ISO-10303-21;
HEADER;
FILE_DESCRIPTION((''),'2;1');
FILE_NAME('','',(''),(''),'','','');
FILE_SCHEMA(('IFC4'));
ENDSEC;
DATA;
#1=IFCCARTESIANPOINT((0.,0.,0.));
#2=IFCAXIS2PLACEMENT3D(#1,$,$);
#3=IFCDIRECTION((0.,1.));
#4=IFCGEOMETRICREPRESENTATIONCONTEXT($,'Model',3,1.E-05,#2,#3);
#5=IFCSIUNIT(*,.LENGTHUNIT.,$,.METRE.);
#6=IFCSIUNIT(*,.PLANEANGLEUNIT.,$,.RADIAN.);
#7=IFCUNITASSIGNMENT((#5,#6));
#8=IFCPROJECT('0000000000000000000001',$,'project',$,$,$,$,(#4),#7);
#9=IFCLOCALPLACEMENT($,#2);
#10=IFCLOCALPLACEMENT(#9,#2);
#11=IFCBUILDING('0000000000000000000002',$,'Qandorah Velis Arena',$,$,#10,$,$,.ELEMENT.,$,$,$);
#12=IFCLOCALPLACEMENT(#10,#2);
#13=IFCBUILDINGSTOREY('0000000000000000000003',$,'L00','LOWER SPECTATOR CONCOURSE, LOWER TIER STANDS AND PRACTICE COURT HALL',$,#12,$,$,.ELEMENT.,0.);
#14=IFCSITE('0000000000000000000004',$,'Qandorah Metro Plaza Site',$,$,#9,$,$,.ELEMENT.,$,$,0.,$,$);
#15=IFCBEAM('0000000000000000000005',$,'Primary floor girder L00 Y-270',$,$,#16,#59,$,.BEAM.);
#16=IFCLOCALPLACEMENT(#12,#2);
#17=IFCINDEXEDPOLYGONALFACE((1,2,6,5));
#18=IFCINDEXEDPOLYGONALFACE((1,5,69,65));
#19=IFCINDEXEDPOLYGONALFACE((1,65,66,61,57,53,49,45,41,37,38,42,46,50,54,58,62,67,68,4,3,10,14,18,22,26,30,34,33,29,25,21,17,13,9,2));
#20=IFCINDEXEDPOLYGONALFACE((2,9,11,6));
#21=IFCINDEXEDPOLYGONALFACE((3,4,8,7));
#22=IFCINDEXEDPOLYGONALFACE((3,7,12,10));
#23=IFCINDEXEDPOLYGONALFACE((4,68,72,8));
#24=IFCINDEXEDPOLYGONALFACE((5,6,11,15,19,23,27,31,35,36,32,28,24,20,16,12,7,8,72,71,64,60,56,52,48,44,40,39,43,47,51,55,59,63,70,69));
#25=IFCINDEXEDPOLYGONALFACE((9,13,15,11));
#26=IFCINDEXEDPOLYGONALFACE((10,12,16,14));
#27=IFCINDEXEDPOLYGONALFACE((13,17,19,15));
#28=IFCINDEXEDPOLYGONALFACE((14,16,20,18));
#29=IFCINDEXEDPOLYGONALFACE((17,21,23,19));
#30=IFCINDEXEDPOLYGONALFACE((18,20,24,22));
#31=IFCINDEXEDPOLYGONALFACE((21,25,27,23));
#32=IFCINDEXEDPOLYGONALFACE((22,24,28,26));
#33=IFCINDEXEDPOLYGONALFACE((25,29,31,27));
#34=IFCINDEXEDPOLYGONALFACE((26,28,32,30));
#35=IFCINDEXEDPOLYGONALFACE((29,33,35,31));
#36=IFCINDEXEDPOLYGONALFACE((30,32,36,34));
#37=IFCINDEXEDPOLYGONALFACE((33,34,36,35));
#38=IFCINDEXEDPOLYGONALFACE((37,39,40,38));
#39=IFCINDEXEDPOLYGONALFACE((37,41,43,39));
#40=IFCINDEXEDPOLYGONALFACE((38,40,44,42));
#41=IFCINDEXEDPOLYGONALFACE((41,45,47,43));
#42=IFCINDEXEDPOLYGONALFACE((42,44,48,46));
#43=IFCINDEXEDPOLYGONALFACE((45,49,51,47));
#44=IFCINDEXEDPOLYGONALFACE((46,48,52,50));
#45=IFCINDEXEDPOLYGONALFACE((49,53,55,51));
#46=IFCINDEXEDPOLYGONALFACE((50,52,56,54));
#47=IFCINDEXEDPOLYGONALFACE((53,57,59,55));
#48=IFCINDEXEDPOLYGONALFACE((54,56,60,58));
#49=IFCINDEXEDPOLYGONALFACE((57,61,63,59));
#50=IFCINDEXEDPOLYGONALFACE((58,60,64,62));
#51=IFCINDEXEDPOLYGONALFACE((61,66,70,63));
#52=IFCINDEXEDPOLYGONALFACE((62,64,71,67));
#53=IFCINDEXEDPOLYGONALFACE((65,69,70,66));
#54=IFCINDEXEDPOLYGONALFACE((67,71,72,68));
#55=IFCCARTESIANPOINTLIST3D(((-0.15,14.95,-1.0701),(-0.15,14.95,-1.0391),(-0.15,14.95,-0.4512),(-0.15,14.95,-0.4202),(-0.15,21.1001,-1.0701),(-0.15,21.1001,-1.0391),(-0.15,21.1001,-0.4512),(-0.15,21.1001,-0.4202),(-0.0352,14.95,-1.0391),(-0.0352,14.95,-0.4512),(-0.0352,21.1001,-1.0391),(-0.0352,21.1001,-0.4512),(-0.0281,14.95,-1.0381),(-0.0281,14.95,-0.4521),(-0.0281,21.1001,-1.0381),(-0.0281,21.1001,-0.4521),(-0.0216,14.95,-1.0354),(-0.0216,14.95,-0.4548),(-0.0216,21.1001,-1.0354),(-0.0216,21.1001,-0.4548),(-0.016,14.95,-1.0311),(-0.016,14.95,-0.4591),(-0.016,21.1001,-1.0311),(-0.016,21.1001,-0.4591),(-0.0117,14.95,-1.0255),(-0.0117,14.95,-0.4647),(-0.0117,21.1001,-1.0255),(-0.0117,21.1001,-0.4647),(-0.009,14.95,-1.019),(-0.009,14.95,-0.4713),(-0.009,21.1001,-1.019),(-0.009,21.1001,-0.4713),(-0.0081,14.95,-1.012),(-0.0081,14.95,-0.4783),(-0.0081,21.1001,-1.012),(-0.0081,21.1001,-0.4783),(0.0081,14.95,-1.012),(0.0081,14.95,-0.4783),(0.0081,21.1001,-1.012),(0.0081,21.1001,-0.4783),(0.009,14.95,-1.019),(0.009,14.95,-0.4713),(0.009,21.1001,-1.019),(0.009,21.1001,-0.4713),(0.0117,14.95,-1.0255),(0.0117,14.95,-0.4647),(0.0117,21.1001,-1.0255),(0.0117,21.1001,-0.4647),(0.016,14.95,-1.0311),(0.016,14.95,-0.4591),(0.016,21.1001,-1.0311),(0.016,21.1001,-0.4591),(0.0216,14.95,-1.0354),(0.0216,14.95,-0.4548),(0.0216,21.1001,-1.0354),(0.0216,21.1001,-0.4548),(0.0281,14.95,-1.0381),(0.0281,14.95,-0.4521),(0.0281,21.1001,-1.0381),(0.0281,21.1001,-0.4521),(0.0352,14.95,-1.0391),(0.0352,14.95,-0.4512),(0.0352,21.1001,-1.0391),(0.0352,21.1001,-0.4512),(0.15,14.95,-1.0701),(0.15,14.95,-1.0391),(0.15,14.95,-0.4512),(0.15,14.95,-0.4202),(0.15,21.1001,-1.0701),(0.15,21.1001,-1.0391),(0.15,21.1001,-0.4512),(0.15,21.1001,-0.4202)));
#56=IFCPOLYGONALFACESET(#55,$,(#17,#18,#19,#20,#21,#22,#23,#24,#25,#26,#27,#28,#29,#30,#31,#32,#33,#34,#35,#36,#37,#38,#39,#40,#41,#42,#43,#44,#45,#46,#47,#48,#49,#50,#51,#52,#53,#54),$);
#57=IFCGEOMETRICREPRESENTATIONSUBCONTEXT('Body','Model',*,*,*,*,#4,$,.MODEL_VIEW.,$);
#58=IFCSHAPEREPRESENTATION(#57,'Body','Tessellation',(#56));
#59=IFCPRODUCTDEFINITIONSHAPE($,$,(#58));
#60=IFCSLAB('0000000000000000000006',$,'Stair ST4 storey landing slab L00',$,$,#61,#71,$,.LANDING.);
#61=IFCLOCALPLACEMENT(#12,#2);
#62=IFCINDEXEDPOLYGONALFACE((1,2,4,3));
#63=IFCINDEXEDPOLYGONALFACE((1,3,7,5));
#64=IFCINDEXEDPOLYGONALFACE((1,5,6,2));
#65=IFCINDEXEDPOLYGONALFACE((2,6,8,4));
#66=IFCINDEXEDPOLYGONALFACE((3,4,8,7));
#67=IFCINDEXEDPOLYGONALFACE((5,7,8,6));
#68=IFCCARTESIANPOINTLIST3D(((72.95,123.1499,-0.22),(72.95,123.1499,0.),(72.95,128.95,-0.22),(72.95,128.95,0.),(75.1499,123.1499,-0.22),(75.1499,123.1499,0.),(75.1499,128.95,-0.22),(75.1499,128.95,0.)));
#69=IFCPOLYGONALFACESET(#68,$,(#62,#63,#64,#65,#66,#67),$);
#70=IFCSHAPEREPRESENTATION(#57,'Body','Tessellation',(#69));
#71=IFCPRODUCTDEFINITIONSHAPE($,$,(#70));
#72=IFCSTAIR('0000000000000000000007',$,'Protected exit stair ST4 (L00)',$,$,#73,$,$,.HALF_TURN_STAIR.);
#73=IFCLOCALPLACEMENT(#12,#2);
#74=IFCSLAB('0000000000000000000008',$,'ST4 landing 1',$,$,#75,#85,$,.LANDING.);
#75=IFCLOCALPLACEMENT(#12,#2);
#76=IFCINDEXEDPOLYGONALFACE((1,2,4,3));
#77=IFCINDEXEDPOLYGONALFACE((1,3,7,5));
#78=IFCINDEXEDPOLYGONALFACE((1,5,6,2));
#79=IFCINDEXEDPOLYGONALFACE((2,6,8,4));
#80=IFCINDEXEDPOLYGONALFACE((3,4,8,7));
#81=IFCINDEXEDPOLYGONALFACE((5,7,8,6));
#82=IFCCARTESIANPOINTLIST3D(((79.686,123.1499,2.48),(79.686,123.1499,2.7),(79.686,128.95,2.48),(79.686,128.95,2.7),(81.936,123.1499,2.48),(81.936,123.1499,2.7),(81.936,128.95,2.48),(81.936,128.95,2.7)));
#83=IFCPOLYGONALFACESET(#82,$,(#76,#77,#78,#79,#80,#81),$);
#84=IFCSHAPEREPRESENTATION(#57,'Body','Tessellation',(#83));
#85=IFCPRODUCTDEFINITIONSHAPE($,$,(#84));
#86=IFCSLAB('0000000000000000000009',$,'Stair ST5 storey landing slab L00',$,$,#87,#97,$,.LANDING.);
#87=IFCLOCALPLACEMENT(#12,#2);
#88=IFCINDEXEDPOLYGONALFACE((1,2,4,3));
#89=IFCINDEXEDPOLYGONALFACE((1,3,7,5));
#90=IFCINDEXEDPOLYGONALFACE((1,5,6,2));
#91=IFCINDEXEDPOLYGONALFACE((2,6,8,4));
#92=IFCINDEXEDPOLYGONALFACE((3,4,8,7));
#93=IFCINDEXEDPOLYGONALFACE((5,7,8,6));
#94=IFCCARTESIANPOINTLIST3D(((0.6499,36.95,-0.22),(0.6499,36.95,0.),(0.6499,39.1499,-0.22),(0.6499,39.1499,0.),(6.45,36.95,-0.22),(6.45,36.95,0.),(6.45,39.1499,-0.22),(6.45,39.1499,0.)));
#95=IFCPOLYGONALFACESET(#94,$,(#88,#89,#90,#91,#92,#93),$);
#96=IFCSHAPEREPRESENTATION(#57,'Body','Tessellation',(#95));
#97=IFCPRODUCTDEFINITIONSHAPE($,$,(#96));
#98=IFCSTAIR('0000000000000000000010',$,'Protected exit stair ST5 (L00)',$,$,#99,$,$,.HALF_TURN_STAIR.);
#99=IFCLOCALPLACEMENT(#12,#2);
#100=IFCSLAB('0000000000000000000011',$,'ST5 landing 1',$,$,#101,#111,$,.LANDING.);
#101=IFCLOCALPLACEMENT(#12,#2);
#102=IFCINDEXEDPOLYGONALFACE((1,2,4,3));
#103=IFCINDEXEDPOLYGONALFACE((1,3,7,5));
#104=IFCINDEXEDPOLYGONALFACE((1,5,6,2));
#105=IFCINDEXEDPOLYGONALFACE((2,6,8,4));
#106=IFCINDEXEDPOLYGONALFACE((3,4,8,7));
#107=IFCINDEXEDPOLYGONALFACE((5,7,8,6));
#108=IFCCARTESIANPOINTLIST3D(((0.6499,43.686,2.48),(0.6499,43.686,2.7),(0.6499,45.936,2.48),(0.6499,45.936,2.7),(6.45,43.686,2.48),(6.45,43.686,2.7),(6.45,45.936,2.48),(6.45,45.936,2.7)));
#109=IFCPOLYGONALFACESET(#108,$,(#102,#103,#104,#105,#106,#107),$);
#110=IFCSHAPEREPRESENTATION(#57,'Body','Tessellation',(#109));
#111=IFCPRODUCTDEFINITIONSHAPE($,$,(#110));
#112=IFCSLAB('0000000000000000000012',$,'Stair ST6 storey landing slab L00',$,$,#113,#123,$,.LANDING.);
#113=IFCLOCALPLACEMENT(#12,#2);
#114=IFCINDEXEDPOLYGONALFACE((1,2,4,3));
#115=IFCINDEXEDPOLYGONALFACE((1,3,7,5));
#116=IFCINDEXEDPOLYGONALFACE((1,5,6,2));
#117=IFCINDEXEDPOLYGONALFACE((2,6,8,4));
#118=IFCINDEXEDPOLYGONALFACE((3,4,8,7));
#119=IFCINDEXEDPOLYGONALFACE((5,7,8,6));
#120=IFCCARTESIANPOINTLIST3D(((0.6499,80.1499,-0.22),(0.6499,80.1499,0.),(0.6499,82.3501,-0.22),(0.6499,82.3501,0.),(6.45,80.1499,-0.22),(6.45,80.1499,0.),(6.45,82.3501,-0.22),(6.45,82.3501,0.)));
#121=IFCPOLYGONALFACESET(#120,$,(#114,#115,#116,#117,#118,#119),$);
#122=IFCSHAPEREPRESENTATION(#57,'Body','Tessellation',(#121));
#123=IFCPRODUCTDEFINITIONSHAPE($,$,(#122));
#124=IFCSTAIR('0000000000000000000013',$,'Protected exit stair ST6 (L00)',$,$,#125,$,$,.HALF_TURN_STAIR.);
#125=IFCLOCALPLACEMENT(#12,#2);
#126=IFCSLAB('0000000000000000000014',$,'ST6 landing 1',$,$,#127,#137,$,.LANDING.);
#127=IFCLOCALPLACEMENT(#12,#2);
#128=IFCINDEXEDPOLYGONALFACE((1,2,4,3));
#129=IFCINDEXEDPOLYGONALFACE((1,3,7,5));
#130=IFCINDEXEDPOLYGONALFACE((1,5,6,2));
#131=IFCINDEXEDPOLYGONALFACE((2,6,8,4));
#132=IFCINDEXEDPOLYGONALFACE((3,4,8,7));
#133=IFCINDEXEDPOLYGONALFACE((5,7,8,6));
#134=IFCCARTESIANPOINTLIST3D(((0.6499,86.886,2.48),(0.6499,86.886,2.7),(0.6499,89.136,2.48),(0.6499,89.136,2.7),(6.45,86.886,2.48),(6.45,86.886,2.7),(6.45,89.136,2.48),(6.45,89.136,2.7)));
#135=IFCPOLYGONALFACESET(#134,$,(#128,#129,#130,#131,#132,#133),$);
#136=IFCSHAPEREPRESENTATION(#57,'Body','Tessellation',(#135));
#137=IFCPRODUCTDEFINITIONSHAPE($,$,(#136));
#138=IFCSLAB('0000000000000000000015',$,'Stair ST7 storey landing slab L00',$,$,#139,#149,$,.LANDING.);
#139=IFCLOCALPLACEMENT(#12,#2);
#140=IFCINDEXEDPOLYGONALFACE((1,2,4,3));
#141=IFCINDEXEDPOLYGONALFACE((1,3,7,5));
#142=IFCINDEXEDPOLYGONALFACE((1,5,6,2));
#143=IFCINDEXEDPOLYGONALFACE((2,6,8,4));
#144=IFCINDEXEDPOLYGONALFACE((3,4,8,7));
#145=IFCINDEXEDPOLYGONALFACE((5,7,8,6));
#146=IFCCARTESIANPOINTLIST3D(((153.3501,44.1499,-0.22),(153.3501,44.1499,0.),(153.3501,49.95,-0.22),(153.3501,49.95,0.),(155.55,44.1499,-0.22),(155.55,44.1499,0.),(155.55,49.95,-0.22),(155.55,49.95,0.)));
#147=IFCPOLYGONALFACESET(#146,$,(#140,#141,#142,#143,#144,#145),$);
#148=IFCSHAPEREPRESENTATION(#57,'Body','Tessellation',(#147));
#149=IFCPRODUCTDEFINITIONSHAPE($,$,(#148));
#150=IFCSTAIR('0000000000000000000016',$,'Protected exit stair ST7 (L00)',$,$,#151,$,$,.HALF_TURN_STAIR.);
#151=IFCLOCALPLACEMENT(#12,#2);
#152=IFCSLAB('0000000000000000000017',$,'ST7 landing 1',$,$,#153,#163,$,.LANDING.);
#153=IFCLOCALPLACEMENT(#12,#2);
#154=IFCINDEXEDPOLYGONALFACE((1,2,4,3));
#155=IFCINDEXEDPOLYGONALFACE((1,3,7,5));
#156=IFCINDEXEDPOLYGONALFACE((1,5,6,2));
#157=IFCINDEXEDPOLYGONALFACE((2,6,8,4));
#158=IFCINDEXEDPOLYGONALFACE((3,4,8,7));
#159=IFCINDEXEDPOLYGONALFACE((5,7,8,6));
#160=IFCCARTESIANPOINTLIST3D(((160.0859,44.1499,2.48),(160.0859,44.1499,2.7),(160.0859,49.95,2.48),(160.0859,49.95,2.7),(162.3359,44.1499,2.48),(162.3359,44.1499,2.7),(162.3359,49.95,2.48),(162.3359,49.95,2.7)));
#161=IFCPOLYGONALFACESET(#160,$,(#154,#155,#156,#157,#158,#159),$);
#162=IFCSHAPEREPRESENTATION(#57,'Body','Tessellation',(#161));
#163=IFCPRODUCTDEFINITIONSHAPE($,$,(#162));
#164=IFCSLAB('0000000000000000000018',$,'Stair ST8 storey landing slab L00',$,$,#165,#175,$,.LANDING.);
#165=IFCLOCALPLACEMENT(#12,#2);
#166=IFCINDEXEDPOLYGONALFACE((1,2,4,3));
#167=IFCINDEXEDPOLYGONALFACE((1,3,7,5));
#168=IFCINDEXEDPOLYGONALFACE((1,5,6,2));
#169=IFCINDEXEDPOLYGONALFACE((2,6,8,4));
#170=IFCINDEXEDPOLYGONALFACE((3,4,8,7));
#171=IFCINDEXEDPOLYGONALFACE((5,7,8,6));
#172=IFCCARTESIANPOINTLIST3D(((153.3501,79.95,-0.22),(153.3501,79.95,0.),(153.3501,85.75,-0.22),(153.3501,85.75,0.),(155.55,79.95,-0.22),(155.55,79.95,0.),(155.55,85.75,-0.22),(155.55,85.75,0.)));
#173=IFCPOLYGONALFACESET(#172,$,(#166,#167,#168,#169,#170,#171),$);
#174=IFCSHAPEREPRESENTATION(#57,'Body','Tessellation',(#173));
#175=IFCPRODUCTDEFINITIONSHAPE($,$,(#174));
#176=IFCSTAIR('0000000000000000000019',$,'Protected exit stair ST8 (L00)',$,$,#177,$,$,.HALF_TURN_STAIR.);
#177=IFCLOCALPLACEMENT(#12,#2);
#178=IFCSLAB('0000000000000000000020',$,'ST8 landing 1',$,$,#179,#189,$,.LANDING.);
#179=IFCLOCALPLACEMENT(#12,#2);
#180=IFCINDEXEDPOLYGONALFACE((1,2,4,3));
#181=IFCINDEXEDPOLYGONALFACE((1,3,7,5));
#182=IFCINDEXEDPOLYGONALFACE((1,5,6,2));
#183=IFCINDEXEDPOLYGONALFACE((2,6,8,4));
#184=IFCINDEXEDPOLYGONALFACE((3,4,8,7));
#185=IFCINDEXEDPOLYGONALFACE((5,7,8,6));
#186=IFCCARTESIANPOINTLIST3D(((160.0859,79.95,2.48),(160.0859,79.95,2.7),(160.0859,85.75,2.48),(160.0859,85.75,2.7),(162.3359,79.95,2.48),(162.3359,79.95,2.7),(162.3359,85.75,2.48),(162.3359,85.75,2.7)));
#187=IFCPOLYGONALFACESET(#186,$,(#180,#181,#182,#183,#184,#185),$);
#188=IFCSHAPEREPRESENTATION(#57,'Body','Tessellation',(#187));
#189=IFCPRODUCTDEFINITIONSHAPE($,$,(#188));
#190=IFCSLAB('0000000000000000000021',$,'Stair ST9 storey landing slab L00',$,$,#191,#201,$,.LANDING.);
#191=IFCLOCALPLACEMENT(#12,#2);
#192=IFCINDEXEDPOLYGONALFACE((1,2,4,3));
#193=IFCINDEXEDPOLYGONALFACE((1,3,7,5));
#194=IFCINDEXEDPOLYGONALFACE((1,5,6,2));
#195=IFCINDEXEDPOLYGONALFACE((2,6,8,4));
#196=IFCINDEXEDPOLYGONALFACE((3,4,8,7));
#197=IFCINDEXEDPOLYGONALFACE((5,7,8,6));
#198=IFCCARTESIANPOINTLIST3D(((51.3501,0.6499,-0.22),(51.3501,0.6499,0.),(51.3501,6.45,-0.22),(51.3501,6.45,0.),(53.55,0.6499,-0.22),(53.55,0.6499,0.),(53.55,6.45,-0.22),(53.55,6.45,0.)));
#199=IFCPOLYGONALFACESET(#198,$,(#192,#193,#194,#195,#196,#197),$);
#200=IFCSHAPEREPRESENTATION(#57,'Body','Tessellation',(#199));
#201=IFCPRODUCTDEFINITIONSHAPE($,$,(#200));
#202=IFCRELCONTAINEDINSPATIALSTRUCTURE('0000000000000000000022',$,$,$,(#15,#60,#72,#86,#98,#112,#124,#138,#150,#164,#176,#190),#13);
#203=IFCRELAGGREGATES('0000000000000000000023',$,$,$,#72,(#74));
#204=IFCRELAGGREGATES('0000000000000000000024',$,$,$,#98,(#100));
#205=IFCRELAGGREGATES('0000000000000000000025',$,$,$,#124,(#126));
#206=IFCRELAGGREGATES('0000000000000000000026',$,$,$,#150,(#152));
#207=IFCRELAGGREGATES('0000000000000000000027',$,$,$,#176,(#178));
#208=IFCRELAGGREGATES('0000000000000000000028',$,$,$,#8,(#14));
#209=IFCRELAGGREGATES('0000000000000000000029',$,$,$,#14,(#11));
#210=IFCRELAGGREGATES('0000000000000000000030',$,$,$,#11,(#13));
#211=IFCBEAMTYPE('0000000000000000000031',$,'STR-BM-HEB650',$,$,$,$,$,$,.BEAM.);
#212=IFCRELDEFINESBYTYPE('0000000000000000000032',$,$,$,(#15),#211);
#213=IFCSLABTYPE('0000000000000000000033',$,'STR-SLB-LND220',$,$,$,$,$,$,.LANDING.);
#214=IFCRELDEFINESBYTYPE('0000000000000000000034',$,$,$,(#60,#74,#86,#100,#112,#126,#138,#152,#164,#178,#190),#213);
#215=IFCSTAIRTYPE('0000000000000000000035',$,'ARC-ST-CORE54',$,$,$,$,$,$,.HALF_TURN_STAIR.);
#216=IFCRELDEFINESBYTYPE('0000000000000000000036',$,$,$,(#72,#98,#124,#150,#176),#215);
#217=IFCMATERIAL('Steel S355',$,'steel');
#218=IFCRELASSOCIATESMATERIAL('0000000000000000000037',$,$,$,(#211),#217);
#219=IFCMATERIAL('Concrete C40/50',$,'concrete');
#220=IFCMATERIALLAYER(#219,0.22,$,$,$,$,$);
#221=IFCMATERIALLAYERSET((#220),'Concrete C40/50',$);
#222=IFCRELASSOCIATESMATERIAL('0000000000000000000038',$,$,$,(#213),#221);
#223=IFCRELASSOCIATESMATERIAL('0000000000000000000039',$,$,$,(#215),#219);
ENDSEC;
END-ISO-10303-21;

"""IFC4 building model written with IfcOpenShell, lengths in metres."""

from ifc_helpers import new_model, si_unit, direction, frame, origin, origin_2d, place, context, subcontext, project, spatial, polyline, i_section, outline, extrude, material, layer, layer_set, material_profile, profile_set, type_object, element, aggregate, save


model = new_model("IFC4")

# Units and contexts
model_context = context("Model", 3, precision=1e-05, world=origin(), true_north=direction((0.0, 1.0)))
body_context = subcontext(model_context, "Body", "Model", "MODEL_VIEW")
ifc_project = project(units=[si_unit("LENGTHUNIT", "METRE"), si_unit("PLANEANGLEUNIT", "RADIAN")], contexts=[model_context])

# Site, building, storey
site_placement = place(None, origin())
site = spatial("IfcSite", under=ifc_project, at=site_placement, Name="Qandorah Metro Plaza Site", CompositionType="ELEMENT", RefElevation=0.0)
building_placement = place(site_placement, origin())
building = spatial("IfcBuilding", under=site, at=building_placement, Name="Qandorah Velis Arena", CompositionType="ELEMENT")
storey_placement = place(building_placement, origin())
storey = spatial("IfcBuildingStorey", under=building, at=storey_placement, Name="L00", Description="LOWER SPECTATOR CONCOURSE, LOWER TIER STANDS AND PRACTICE COURT HALL", CompositionType="ELEMENT", Elevation=0.0)

# Shared definitions
ifc_material_1 = material(Name="Concrete C40/50", Category="concrete")

# Beam
ifc_material_2 = material(Name="Steel S355", Category="steel")
ifc_material_profile_1 = material_profile(ifc_material_2, i_section(OverallWidth=0.3, OverallDepth=0.6499, WebThickness=0.0161, FlangeThickness=0.031, FilletRadius=0.0271, at=origin_2d()), Name="HEB 650")
ifc_profile_set_1 = profile_set([ifc_material_profile_1], Name="Steel S355")
beam_type = type_object("IfcBeamType", Name="STR-BM-HEB650", PredefinedType="BEAM", material=ifc_profile_set_1)
beam_1_placement = place(storey_placement, frame((0.0, 14.95, -0.7451), z_axis=(0.0, 1.0, 0.0), x_axis=(-1.0, 0.0, 0.0)))
element("IfcBeam", 1, at=beam_1_placement, inside=storey, type_object=beam_type, Name="Primary floor girder L00 Y-270", PredefinedType="BEAM", context=body_context, shape_type="SweptSolid", body=[
    extrude(i_section(OverallWidth=0.3, OverallDepth=0.6499, WebThickness=0.0161, FlangeThickness=0.031, FilletRadius=0.0271, at=origin_2d()), origin(), (0.0, 0.0, 1.0), 6.1501),
])

# Slab
ifc_layer_1 = layer(ifc_material_1, 0.22)
ifc_layer_set_1 = layer_set([ifc_layer_1], Name="Concrete C40/50")
slab_type = type_object("IfcSlabType", Name="STR-SLB-LND220", PredefinedType="LANDING", material=ifc_layer_set_1)
slab_1_placement = place(storey_placement, frame((0.0, 0.0, -0.22)))
element("IfcSlab", 2, at=slab_1_placement, inside=storey, type_object=slab_type, Name="Stair ST4 storey landing slab L00", PredefinedType="LANDING", context=body_context, shape_type="SweptSolid", body=[
    extrude(outline(polyline([(72.95, 123.1499), (75.1499, 123.1499), (75.1499, 128.95), (72.95, 128.95), (72.95, 123.1499)])), origin(), (0.0, 0.0, 1.0), 0.22),
])

# Stair, slab
stair_type = type_object("IfcStairType", Name="ARC-ST-CORE54", PredefinedType="HALF_TURN_STAIR", material=ifc_material_1)
stair_1_placement = place(storey_placement, origin())
stair_1 = element("IfcStair", 3, at=stair_1_placement, inside=storey, type_object=stair_type, Name="Protected exit stair ST4 (L00)", PredefinedType="HALF_TURN_STAIR")
slab_2_placement = place(storey_placement, frame((0.0, 0.0, 2.48)))
slab_2 = element("IfcSlab", 4, at=slab_2_placement, type_object=slab_type, Name="ST4 landing 1", PredefinedType="LANDING", context=body_context, shape_type="SweptSolid", body=[
    extrude(outline(polyline([(79.686, 123.1499), (81.936, 123.1499), (81.936, 128.95), (79.686, 128.95), (79.686, 123.1499)])), origin(), (0.0, 0.0, 1.0), 0.22),
])
aggregate(stair_1, [slab_2])

# Slab
slab_3_placement = place(storey_placement, frame((0.0, 0.0, -0.22)))
element("IfcSlab", 5, at=slab_3_placement, inside=storey, type_object=slab_type, Name="Stair ST5 storey landing slab L00", PredefinedType="LANDING", context=body_context, shape_type="SweptSolid", body=[
    extrude(outline(polyline([(0.6499, 36.95), (6.45, 36.95), (6.45, 39.1499), (0.6499, 39.1499), (0.6499, 36.95)])), origin(), (0.0, 0.0, 1.0), 0.22),
])

# Stair, slab
stair_2_placement = place(storey_placement, origin())
stair_2 = element("IfcStair", 6, at=stair_2_placement, inside=storey, type_object=stair_type, Name="Protected exit stair ST5 (L00)", PredefinedType="HALF_TURN_STAIR")
slab_4_placement = place(storey_placement, frame((0.0, 0.0, 2.48)))
slab_4 = element("IfcSlab", 7, at=slab_4_placement, type_object=slab_type, Name="ST5 landing 1", PredefinedType="LANDING", context=body_context, shape_type="SweptSolid", body=[
    extrude(outline(polyline([(0.6499, 43.686), (6.45, 43.686), (6.45, 45.936), (0.6499, 45.936), (0.6499, 43.686)])), origin(), (0.0, 0.0, 1.0), 0.22),
])
aggregate(stair_2, [slab_4])

# Slab
slab_5_placement = place(storey_placement, frame((0.0, 0.0, -0.22)))
element("IfcSlab", 8, at=slab_5_placement, inside=storey, type_object=slab_type, Name="Stair ST6 storey landing slab L00", PredefinedType="LANDING", context=body_context, shape_type="SweptSolid", body=[
    extrude(outline(polyline([(0.6499, 80.1499), (6.45, 80.1499), (6.45, 82.3501), (0.6499, 82.3501), (0.6499, 80.1499)])), origin(), (0.0, 0.0, 1.0), 0.22),
])

# Stair, slab
stair_3_placement = place(storey_placement, origin())
stair_3 = element("IfcStair", 9, at=stair_3_placement, inside=storey, type_object=stair_type, Name="Protected exit stair ST6 (L00)", PredefinedType="HALF_TURN_STAIR")
slab_6_placement = place(storey_placement, frame((0.0, 0.0, 2.48)))
slab_6 = element("IfcSlab", 10, at=slab_6_placement, type_object=slab_type, Name="ST6 landing 1", PredefinedType="LANDING", context=body_context, shape_type="SweptSolid", body=[
    extrude(outline(polyline([(0.6499, 86.886), (6.45, 86.886), (6.45, 89.136), (0.6499, 89.136), (0.6499, 86.886)])), origin(), (0.0, 0.0, 1.0), 0.22),
])
aggregate(stair_3, [slab_6])

# Slab
slab_7_placement = place(storey_placement, frame((0.0, 0.0, -0.22)))
element("IfcSlab", 11, at=slab_7_placement, inside=storey, type_object=slab_type, Name="Stair ST7 storey landing slab L00", PredefinedType="LANDING", context=body_context, shape_type="SweptSolid", body=[
    extrude(outline(polyline([(153.3501, 44.1499), (155.55, 44.1499), (155.55, 49.95), (153.3501, 49.95), (153.3501, 44.1499)])), origin(), (0.0, 0.0, 1.0), 0.22),
])

# Stair, slab
stair_4_placement = place(storey_placement, origin())
stair_4 = element("IfcStair", 12, at=stair_4_placement, inside=storey, type_object=stair_type, Name="Protected exit stair ST7 (L00)", PredefinedType="HALF_TURN_STAIR")
slab_8_placement = place(storey_placement, frame((0.0, 0.0, 2.48)))
slab_8 = element("IfcSlab", 13, at=slab_8_placement, type_object=slab_type, Name="ST7 landing 1", PredefinedType="LANDING", context=body_context, shape_type="SweptSolid", body=[
    extrude(outline(polyline([(160.0859, 44.1499), (162.3359, 44.1499), (162.3359, 49.95), (160.0859, 49.95), (160.0859, 44.1499)])), origin(), (0.0, 0.0, 1.0), 0.22),
])
aggregate(stair_4, [slab_8])

# Slab
slab_9_placement = place(storey_placement, frame((0.0, 0.0, -0.22)))
element("IfcSlab", 14, at=slab_9_placement, inside=storey, type_object=slab_type, Name="Stair ST8 storey landing slab L00", PredefinedType="LANDING", context=body_context, shape_type="SweptSolid", body=[
    extrude(outline(polyline([(153.3501, 79.95), (155.55, 79.95), (155.55, 85.75), (153.3501, 85.75), (153.3501, 79.95)])), origin(), (0.0, 0.0, 1.0), 0.22),
])

# Stair, slab
stair_5_placement = place(storey_placement, origin())
stair_5 = element("IfcStair", 15, at=stair_5_placement, inside=storey, type_object=stair_type, Name="Protected exit stair ST8 (L00)", PredefinedType="HALF_TURN_STAIR")
slab_10_placement = place(storey_placement, frame((0.0, 0.0, 2.48)))
slab_10 = element("IfcSlab", 16, at=slab_10_placement, type_object=slab_type, Name="ST8 landing 1", PredefinedType="LANDING", context=body_context, shape_type="SweptSolid", body=[
    extrude(outline(polyline([(160.0859, 79.95), (162.3359, 79.95), (162.3359, 85.75), (160.0859, 85.75), (160.0859, 79.95)])), origin(), (0.0, 0.0, 1.0), 0.22),
])
aggregate(stair_5, [slab_10])

# Slab
slab_11_placement = place(storey_placement, frame((0.0, 0.0, -0.22)))
element("IfcSlab", 17, at=slab_11_placement, inside=storey, type_object=slab_type, Name="Stair ST9 storey landing slab L00", PredefinedType="LANDING", context=body_context, shape_type="SweptSolid", body=[
    extrude(outline(polyline([(51.3501, 0.6499), (53.55, 0.6499), (53.55, 6.45), (51.3501, 6.45), (51.3501, 0.6499)])), origin(), (0.0, 0.0, 1.0), 0.22),
])

save(model, "model.ifc")
